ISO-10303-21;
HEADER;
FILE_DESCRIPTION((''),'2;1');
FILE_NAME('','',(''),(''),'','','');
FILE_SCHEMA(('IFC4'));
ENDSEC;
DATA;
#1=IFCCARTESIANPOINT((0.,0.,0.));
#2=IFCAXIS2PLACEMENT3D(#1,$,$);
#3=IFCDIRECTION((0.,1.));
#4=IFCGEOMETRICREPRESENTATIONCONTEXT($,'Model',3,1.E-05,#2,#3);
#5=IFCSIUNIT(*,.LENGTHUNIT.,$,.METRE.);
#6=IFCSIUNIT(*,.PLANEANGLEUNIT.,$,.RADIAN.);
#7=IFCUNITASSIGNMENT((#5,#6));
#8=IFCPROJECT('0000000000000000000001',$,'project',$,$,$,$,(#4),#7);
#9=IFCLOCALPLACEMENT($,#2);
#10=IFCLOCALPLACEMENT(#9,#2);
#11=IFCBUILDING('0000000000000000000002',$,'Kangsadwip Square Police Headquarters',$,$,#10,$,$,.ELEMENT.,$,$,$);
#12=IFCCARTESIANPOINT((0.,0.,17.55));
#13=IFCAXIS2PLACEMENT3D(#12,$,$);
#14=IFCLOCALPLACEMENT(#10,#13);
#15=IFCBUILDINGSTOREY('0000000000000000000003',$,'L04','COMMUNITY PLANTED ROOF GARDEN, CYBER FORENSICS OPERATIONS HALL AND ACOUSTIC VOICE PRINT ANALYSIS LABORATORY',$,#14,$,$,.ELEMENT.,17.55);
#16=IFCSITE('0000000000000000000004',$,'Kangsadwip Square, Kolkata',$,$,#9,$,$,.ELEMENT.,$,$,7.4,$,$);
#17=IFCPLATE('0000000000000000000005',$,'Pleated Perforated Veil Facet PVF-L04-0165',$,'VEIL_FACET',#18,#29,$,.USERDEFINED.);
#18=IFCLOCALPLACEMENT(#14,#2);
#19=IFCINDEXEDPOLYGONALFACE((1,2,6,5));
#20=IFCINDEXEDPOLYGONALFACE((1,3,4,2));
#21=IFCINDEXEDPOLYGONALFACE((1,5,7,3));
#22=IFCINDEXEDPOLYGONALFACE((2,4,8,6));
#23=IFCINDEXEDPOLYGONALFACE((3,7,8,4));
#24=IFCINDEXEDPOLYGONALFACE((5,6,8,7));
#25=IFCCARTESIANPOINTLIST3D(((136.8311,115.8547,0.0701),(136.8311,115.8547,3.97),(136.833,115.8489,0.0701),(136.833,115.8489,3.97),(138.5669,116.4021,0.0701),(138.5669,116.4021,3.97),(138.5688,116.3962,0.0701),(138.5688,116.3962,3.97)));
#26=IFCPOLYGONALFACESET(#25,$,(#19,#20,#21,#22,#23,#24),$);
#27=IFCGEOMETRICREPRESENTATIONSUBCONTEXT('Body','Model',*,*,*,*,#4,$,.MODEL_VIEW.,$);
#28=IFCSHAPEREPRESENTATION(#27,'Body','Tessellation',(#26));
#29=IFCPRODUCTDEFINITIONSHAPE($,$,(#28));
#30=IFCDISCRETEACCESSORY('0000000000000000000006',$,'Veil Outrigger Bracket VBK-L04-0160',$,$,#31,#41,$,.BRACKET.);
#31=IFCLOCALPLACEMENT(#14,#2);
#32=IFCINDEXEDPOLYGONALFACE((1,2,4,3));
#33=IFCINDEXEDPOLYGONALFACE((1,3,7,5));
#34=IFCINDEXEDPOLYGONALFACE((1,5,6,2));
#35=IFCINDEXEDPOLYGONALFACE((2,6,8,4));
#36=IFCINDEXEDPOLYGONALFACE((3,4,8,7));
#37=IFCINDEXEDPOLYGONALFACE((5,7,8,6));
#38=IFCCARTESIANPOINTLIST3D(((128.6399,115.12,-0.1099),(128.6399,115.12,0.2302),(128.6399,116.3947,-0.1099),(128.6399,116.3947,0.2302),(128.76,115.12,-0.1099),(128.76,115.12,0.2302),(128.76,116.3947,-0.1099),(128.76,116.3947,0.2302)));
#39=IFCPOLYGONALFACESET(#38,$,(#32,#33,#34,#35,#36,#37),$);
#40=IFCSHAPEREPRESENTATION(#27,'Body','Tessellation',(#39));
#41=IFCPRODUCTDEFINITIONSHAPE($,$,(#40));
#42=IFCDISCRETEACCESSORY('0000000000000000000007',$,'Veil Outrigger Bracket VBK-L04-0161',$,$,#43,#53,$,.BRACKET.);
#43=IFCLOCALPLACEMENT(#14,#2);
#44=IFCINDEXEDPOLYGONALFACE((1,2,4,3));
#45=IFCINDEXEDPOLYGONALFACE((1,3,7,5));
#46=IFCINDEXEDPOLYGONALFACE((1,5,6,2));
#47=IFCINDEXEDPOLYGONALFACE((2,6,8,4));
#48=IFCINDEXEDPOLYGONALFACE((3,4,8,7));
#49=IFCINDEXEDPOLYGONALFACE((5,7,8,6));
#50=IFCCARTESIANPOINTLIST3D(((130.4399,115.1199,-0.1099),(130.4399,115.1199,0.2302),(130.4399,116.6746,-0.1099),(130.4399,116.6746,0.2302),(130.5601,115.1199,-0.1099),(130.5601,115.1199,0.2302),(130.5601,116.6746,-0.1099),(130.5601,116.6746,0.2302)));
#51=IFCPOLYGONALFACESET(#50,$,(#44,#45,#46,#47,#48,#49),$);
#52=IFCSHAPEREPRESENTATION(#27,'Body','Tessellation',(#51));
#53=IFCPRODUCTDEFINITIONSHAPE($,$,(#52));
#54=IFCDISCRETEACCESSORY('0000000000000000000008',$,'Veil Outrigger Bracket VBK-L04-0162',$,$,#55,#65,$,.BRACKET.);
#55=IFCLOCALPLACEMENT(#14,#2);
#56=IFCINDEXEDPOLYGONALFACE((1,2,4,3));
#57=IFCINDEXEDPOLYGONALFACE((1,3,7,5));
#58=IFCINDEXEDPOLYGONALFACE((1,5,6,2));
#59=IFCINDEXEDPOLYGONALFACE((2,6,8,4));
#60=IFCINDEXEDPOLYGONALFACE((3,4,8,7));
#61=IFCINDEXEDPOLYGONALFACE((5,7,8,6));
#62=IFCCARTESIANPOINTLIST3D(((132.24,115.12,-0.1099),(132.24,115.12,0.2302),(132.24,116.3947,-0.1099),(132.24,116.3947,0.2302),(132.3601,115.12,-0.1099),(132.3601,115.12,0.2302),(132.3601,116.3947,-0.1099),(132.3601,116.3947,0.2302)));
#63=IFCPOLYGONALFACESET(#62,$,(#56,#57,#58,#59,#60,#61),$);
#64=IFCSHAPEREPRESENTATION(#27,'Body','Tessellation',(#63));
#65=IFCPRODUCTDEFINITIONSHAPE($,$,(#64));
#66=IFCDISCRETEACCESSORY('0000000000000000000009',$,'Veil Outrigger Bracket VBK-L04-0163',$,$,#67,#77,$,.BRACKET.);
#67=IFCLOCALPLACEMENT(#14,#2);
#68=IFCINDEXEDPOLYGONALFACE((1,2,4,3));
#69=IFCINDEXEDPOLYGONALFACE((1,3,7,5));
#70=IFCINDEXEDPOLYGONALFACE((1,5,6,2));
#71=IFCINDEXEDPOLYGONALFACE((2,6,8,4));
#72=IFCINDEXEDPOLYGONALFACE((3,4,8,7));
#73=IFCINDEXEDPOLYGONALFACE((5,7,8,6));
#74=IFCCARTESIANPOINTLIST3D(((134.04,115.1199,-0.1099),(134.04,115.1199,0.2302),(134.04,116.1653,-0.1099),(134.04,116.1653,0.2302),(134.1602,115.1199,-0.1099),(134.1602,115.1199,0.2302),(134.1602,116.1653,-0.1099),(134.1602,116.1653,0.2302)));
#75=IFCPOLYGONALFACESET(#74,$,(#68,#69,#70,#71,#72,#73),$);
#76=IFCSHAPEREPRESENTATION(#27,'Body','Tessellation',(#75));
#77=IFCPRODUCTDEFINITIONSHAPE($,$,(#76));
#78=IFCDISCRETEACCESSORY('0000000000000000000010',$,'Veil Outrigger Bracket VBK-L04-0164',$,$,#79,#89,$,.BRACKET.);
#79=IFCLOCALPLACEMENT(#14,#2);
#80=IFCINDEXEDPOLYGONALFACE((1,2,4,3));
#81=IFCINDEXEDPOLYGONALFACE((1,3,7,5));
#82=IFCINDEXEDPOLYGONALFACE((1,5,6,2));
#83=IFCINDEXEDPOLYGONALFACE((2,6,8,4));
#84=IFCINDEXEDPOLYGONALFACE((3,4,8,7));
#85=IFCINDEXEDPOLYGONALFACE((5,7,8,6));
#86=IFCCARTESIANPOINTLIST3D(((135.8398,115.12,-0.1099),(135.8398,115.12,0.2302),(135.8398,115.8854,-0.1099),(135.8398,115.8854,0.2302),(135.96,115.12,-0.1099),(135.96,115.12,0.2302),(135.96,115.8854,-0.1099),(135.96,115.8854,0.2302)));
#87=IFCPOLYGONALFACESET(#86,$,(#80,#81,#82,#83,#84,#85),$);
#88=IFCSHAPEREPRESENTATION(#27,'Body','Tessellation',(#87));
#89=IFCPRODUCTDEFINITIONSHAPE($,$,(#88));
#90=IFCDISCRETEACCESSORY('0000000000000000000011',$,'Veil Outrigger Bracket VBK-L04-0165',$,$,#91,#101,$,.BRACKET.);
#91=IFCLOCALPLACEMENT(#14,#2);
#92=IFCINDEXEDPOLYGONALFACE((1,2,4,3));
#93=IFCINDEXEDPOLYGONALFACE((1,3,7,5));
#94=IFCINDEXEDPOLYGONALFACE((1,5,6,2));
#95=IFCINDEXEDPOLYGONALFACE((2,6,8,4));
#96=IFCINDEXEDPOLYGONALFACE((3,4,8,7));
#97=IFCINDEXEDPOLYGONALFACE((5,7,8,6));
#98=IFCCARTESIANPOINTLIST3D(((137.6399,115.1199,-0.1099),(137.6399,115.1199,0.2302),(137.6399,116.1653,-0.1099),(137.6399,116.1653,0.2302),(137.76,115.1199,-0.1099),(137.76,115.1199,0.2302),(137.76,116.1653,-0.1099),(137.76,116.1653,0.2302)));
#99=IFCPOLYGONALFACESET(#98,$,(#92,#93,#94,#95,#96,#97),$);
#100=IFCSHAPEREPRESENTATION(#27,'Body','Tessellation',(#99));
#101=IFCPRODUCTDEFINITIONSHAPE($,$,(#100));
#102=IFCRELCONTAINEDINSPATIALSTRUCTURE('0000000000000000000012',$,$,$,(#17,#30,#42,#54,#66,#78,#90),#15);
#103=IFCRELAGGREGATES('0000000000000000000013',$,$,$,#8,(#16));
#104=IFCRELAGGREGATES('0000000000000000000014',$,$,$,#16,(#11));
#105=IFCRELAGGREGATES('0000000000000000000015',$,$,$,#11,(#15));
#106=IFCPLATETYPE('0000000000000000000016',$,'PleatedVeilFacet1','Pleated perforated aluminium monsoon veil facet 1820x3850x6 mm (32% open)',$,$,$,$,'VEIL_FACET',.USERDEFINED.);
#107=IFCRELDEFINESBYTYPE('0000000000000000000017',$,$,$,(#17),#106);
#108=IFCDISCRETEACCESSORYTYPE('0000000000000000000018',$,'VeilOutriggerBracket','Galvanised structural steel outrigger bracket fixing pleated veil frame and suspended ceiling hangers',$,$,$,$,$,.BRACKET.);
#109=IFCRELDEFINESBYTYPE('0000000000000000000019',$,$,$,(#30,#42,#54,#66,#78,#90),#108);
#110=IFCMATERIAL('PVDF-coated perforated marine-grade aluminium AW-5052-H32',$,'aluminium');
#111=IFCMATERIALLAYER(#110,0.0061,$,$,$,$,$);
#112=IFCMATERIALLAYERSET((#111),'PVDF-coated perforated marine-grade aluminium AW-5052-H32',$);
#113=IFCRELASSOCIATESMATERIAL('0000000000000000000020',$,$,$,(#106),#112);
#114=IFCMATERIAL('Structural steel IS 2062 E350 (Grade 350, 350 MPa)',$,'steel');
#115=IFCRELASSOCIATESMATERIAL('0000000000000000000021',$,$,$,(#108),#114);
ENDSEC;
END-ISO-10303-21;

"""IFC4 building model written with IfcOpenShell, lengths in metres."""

from ifc_helpers import new_model, si_unit, direction, frame, origin, origin_2d, place, context, subcontext, project, spatial, rectangle, extrude, material, layer, layer_set, type_object, element, save


model = new_model("IFC4")

# Units and contexts
model_context = context("Model", 3, precision=1e-05, world=origin(), true_north=direction((0.0, 1.0)))
body_context = subcontext(model_context, "Body", "Model", "MODEL_VIEW")
ifc_project = project(units=[si_unit("LENGTHUNIT", "METRE"), si_unit("PLANEANGLEUNIT", "RADIAN")], contexts=[model_context])

# Site, building, storey
site_placement = place(None, origin())
site = spatial("IfcSite", under=ifc_project, at=site_placement, Name="Kangsadwip Square, Kolkata", CompositionType="ELEMENT", RefElevation=7.4)
building_placement = place(site_placement, origin())
building = spatial("IfcBuilding", under=site, at=building_placement, Name="Kangsadwip Square Police Headquarters", CompositionType="ELEMENT")
storey_placement = place(building_placement, frame((0.0, 0.0, 17.55)))
storey = spatial("IfcBuildingStorey", under=building, at=storey_placement, Name="L04", Description="COMMUNITY PLANTED ROOF GARDEN, CYBER FORENSICS OPERATIONS HALL AND ACOUSTIC VOICE PRINT ANALYSIS LABORATORY", CompositionType="ELEMENT", Elevation=17.55)

# Plate
ifc_material_1 = material(Name="PVDF-coated perforated marine-grade aluminium AW-5052-H32", Category="aluminium")
ifc_layer_1 = layer(ifc_material_1, 0.0061)
ifc_layer_set_1 = layer_set([ifc_layer_1], Name="PVDF-coated perforated marine-grade aluminium AW-5052-H32")
plate_type_1 = type_object("IfcPlateType", Name="PleatedVeilFacet1", Description="Pleated perforated aluminium monsoon veil facet 1820x3850x6 mm (32% open)", ElementType="VEIL_FACET", PredefinedType="USERDEFINED", material=ifc_layer_set_1)
for number, where, z_axis, x_axis, name in (
    (1, (137.7, 116.1255, 0.0701), (0.0, 0.0, 1.0), (0.953717, 0.300706, 0.0), "Pleated Perforated Veil Facet PVF-L04-0165"),
):
    element("IfcPlate", number, at=place(storey_placement, frame(where, z_axis=z_axis, x_axis=x_axis)), inside=storey, type_object=plate_type_1, Name=name, ObjectType="VEIL_FACET", PredefinedType="USERDEFINED", context=body_context, shape_type="SweptSolid", body=[
        extrude(rectangle(XDim=1.8201, YDim=0.0061, at=origin_2d()), origin(), (0.0, 0.0, 1.0), 3.8999),
    ])

# Discrete accessories
ifc_material_2 = material(Name="Structural steel IS 2062 E350 (Grade 350, 350 MPa)", Category="steel")
discrete_accessory_type = type_object("IfcDiscreteAccessoryType", Name="VeilOutriggerBracket", Description="Galvanised structural steel outrigger bracket fixing pleated veil frame and suspended ceiling hangers", PredefinedType="BRACKET", material=ifc_material_2)
discrete_accessory_1_placement = place(storey_placement, frame((128.7, 115.7573, -0.1099), z_axis=(0.0, 0.0, 1.0), x_axis=(1.0, 0.0, 0.0)))
element("IfcDiscreteAccessory", 2, at=discrete_accessory_1_placement, inside=storey, type_object=discrete_accessory_type, Name="Veil Outrigger Bracket VBK-L04-0160", PredefinedType="BRACKET", context=body_context, shape_type="SweptSolid", body=[
    extrude(rectangle(XDim=0.1201, YDim=1.2747, at=origin_2d()), origin(), (0.0, 0.0, 1.0), 0.3401),
])
discrete_accessory_2_placement = place(storey_placement, frame((130.5, 115.8972, -0.1099), z_axis=(0.0, 0.0, 1.0), x_axis=(1.0, 0.0, 0.0)))
element("IfcDiscreteAccessory", 3, at=discrete_accessory_2_placement, inside=storey, type_object=discrete_accessory_type, Name="Veil Outrigger Bracket VBK-L04-0161", PredefinedType="BRACKET", context=body_context, shape_type="SweptSolid", body=[
    extrude(rectangle(XDim=0.1201, YDim=1.5547, at=origin_2d()), origin(), (0.0, 0.0, 1.0), 0.3401),
])
discrete_accessory_3_placement = place(storey_placement, frame((132.3, 115.7573, -0.1099), z_axis=(0.0, 0.0, 1.0), x_axis=(1.0, 0.0, 0.0)))
element("IfcDiscreteAccessory", 4, at=discrete_accessory_3_placement, inside=storey, type_object=discrete_accessory_type, Name="Veil Outrigger Bracket VBK-L04-0162", PredefinedType="BRACKET", context=body_context, shape_type="SweptSolid", body=[
    extrude(rectangle(XDim=0.1201, YDim=1.2747, at=origin_2d()), origin(), (0.0, 0.0, 1.0), 0.3401),
])
discrete_accessory_4_placement = place(storey_placement, frame((134.1001, 115.6426, -0.1099), z_axis=(0.0, 0.0, 1.0), x_axis=(1.0, 0.0, 0.0)))
element("IfcDiscreteAccessory", 5, at=discrete_accessory_4_placement, inside=storey, type_object=discrete_accessory_type, Name="Veil Outrigger Bracket VBK-L04-0163", PredefinedType="BRACKET", context=body_context, shape_type="SweptSolid", body=[
    extrude(rectangle(XDim=0.1201, YDim=1.0454, at=origin_2d()), origin(), (0.0, 0.0, 1.0), 0.3401),
])
discrete_accessory_5_placement = place(storey_placement, frame((135.8999, 115.5027, -0.1099), z_axis=(0.0, 0.0, 1.0), x_axis=(1.0, 0.0, 0.0)))
element("IfcDiscreteAccessory", 6, at=discrete_accessory_5_placement, inside=storey, type_object=discrete_accessory_type, Name="Veil Outrigger Bracket VBK-L04-0164", PredefinedType="BRACKET", context=body_context, shape_type="SweptSolid", body=[
    extrude(rectangle(XDim=0.1201, YDim=0.7654, at=origin_2d()), origin(), (0.0, 0.0, 1.0), 0.3401),
])
discrete_accessory_6_placement = place(storey_placement, frame((137.7, 115.6426, -0.1099), z_axis=(0.0, 0.0, 1.0), x_axis=(1.0, 0.0, 0.0)))
element("IfcDiscreteAccessory", 7, at=discrete_accessory_6_placement, inside=storey, type_object=discrete_accessory_type, Name="Veil Outrigger Bracket VBK-L04-0165", PredefinedType="BRACKET", context=body_context, shape_type="SweptSolid", body=[
    extrude(rectangle(XDim=0.1201, YDim=1.0454, at=origin_2d()), origin(), (0.0, 0.0, 1.0), 0.3401),
])

save(model, "model.ifc")
